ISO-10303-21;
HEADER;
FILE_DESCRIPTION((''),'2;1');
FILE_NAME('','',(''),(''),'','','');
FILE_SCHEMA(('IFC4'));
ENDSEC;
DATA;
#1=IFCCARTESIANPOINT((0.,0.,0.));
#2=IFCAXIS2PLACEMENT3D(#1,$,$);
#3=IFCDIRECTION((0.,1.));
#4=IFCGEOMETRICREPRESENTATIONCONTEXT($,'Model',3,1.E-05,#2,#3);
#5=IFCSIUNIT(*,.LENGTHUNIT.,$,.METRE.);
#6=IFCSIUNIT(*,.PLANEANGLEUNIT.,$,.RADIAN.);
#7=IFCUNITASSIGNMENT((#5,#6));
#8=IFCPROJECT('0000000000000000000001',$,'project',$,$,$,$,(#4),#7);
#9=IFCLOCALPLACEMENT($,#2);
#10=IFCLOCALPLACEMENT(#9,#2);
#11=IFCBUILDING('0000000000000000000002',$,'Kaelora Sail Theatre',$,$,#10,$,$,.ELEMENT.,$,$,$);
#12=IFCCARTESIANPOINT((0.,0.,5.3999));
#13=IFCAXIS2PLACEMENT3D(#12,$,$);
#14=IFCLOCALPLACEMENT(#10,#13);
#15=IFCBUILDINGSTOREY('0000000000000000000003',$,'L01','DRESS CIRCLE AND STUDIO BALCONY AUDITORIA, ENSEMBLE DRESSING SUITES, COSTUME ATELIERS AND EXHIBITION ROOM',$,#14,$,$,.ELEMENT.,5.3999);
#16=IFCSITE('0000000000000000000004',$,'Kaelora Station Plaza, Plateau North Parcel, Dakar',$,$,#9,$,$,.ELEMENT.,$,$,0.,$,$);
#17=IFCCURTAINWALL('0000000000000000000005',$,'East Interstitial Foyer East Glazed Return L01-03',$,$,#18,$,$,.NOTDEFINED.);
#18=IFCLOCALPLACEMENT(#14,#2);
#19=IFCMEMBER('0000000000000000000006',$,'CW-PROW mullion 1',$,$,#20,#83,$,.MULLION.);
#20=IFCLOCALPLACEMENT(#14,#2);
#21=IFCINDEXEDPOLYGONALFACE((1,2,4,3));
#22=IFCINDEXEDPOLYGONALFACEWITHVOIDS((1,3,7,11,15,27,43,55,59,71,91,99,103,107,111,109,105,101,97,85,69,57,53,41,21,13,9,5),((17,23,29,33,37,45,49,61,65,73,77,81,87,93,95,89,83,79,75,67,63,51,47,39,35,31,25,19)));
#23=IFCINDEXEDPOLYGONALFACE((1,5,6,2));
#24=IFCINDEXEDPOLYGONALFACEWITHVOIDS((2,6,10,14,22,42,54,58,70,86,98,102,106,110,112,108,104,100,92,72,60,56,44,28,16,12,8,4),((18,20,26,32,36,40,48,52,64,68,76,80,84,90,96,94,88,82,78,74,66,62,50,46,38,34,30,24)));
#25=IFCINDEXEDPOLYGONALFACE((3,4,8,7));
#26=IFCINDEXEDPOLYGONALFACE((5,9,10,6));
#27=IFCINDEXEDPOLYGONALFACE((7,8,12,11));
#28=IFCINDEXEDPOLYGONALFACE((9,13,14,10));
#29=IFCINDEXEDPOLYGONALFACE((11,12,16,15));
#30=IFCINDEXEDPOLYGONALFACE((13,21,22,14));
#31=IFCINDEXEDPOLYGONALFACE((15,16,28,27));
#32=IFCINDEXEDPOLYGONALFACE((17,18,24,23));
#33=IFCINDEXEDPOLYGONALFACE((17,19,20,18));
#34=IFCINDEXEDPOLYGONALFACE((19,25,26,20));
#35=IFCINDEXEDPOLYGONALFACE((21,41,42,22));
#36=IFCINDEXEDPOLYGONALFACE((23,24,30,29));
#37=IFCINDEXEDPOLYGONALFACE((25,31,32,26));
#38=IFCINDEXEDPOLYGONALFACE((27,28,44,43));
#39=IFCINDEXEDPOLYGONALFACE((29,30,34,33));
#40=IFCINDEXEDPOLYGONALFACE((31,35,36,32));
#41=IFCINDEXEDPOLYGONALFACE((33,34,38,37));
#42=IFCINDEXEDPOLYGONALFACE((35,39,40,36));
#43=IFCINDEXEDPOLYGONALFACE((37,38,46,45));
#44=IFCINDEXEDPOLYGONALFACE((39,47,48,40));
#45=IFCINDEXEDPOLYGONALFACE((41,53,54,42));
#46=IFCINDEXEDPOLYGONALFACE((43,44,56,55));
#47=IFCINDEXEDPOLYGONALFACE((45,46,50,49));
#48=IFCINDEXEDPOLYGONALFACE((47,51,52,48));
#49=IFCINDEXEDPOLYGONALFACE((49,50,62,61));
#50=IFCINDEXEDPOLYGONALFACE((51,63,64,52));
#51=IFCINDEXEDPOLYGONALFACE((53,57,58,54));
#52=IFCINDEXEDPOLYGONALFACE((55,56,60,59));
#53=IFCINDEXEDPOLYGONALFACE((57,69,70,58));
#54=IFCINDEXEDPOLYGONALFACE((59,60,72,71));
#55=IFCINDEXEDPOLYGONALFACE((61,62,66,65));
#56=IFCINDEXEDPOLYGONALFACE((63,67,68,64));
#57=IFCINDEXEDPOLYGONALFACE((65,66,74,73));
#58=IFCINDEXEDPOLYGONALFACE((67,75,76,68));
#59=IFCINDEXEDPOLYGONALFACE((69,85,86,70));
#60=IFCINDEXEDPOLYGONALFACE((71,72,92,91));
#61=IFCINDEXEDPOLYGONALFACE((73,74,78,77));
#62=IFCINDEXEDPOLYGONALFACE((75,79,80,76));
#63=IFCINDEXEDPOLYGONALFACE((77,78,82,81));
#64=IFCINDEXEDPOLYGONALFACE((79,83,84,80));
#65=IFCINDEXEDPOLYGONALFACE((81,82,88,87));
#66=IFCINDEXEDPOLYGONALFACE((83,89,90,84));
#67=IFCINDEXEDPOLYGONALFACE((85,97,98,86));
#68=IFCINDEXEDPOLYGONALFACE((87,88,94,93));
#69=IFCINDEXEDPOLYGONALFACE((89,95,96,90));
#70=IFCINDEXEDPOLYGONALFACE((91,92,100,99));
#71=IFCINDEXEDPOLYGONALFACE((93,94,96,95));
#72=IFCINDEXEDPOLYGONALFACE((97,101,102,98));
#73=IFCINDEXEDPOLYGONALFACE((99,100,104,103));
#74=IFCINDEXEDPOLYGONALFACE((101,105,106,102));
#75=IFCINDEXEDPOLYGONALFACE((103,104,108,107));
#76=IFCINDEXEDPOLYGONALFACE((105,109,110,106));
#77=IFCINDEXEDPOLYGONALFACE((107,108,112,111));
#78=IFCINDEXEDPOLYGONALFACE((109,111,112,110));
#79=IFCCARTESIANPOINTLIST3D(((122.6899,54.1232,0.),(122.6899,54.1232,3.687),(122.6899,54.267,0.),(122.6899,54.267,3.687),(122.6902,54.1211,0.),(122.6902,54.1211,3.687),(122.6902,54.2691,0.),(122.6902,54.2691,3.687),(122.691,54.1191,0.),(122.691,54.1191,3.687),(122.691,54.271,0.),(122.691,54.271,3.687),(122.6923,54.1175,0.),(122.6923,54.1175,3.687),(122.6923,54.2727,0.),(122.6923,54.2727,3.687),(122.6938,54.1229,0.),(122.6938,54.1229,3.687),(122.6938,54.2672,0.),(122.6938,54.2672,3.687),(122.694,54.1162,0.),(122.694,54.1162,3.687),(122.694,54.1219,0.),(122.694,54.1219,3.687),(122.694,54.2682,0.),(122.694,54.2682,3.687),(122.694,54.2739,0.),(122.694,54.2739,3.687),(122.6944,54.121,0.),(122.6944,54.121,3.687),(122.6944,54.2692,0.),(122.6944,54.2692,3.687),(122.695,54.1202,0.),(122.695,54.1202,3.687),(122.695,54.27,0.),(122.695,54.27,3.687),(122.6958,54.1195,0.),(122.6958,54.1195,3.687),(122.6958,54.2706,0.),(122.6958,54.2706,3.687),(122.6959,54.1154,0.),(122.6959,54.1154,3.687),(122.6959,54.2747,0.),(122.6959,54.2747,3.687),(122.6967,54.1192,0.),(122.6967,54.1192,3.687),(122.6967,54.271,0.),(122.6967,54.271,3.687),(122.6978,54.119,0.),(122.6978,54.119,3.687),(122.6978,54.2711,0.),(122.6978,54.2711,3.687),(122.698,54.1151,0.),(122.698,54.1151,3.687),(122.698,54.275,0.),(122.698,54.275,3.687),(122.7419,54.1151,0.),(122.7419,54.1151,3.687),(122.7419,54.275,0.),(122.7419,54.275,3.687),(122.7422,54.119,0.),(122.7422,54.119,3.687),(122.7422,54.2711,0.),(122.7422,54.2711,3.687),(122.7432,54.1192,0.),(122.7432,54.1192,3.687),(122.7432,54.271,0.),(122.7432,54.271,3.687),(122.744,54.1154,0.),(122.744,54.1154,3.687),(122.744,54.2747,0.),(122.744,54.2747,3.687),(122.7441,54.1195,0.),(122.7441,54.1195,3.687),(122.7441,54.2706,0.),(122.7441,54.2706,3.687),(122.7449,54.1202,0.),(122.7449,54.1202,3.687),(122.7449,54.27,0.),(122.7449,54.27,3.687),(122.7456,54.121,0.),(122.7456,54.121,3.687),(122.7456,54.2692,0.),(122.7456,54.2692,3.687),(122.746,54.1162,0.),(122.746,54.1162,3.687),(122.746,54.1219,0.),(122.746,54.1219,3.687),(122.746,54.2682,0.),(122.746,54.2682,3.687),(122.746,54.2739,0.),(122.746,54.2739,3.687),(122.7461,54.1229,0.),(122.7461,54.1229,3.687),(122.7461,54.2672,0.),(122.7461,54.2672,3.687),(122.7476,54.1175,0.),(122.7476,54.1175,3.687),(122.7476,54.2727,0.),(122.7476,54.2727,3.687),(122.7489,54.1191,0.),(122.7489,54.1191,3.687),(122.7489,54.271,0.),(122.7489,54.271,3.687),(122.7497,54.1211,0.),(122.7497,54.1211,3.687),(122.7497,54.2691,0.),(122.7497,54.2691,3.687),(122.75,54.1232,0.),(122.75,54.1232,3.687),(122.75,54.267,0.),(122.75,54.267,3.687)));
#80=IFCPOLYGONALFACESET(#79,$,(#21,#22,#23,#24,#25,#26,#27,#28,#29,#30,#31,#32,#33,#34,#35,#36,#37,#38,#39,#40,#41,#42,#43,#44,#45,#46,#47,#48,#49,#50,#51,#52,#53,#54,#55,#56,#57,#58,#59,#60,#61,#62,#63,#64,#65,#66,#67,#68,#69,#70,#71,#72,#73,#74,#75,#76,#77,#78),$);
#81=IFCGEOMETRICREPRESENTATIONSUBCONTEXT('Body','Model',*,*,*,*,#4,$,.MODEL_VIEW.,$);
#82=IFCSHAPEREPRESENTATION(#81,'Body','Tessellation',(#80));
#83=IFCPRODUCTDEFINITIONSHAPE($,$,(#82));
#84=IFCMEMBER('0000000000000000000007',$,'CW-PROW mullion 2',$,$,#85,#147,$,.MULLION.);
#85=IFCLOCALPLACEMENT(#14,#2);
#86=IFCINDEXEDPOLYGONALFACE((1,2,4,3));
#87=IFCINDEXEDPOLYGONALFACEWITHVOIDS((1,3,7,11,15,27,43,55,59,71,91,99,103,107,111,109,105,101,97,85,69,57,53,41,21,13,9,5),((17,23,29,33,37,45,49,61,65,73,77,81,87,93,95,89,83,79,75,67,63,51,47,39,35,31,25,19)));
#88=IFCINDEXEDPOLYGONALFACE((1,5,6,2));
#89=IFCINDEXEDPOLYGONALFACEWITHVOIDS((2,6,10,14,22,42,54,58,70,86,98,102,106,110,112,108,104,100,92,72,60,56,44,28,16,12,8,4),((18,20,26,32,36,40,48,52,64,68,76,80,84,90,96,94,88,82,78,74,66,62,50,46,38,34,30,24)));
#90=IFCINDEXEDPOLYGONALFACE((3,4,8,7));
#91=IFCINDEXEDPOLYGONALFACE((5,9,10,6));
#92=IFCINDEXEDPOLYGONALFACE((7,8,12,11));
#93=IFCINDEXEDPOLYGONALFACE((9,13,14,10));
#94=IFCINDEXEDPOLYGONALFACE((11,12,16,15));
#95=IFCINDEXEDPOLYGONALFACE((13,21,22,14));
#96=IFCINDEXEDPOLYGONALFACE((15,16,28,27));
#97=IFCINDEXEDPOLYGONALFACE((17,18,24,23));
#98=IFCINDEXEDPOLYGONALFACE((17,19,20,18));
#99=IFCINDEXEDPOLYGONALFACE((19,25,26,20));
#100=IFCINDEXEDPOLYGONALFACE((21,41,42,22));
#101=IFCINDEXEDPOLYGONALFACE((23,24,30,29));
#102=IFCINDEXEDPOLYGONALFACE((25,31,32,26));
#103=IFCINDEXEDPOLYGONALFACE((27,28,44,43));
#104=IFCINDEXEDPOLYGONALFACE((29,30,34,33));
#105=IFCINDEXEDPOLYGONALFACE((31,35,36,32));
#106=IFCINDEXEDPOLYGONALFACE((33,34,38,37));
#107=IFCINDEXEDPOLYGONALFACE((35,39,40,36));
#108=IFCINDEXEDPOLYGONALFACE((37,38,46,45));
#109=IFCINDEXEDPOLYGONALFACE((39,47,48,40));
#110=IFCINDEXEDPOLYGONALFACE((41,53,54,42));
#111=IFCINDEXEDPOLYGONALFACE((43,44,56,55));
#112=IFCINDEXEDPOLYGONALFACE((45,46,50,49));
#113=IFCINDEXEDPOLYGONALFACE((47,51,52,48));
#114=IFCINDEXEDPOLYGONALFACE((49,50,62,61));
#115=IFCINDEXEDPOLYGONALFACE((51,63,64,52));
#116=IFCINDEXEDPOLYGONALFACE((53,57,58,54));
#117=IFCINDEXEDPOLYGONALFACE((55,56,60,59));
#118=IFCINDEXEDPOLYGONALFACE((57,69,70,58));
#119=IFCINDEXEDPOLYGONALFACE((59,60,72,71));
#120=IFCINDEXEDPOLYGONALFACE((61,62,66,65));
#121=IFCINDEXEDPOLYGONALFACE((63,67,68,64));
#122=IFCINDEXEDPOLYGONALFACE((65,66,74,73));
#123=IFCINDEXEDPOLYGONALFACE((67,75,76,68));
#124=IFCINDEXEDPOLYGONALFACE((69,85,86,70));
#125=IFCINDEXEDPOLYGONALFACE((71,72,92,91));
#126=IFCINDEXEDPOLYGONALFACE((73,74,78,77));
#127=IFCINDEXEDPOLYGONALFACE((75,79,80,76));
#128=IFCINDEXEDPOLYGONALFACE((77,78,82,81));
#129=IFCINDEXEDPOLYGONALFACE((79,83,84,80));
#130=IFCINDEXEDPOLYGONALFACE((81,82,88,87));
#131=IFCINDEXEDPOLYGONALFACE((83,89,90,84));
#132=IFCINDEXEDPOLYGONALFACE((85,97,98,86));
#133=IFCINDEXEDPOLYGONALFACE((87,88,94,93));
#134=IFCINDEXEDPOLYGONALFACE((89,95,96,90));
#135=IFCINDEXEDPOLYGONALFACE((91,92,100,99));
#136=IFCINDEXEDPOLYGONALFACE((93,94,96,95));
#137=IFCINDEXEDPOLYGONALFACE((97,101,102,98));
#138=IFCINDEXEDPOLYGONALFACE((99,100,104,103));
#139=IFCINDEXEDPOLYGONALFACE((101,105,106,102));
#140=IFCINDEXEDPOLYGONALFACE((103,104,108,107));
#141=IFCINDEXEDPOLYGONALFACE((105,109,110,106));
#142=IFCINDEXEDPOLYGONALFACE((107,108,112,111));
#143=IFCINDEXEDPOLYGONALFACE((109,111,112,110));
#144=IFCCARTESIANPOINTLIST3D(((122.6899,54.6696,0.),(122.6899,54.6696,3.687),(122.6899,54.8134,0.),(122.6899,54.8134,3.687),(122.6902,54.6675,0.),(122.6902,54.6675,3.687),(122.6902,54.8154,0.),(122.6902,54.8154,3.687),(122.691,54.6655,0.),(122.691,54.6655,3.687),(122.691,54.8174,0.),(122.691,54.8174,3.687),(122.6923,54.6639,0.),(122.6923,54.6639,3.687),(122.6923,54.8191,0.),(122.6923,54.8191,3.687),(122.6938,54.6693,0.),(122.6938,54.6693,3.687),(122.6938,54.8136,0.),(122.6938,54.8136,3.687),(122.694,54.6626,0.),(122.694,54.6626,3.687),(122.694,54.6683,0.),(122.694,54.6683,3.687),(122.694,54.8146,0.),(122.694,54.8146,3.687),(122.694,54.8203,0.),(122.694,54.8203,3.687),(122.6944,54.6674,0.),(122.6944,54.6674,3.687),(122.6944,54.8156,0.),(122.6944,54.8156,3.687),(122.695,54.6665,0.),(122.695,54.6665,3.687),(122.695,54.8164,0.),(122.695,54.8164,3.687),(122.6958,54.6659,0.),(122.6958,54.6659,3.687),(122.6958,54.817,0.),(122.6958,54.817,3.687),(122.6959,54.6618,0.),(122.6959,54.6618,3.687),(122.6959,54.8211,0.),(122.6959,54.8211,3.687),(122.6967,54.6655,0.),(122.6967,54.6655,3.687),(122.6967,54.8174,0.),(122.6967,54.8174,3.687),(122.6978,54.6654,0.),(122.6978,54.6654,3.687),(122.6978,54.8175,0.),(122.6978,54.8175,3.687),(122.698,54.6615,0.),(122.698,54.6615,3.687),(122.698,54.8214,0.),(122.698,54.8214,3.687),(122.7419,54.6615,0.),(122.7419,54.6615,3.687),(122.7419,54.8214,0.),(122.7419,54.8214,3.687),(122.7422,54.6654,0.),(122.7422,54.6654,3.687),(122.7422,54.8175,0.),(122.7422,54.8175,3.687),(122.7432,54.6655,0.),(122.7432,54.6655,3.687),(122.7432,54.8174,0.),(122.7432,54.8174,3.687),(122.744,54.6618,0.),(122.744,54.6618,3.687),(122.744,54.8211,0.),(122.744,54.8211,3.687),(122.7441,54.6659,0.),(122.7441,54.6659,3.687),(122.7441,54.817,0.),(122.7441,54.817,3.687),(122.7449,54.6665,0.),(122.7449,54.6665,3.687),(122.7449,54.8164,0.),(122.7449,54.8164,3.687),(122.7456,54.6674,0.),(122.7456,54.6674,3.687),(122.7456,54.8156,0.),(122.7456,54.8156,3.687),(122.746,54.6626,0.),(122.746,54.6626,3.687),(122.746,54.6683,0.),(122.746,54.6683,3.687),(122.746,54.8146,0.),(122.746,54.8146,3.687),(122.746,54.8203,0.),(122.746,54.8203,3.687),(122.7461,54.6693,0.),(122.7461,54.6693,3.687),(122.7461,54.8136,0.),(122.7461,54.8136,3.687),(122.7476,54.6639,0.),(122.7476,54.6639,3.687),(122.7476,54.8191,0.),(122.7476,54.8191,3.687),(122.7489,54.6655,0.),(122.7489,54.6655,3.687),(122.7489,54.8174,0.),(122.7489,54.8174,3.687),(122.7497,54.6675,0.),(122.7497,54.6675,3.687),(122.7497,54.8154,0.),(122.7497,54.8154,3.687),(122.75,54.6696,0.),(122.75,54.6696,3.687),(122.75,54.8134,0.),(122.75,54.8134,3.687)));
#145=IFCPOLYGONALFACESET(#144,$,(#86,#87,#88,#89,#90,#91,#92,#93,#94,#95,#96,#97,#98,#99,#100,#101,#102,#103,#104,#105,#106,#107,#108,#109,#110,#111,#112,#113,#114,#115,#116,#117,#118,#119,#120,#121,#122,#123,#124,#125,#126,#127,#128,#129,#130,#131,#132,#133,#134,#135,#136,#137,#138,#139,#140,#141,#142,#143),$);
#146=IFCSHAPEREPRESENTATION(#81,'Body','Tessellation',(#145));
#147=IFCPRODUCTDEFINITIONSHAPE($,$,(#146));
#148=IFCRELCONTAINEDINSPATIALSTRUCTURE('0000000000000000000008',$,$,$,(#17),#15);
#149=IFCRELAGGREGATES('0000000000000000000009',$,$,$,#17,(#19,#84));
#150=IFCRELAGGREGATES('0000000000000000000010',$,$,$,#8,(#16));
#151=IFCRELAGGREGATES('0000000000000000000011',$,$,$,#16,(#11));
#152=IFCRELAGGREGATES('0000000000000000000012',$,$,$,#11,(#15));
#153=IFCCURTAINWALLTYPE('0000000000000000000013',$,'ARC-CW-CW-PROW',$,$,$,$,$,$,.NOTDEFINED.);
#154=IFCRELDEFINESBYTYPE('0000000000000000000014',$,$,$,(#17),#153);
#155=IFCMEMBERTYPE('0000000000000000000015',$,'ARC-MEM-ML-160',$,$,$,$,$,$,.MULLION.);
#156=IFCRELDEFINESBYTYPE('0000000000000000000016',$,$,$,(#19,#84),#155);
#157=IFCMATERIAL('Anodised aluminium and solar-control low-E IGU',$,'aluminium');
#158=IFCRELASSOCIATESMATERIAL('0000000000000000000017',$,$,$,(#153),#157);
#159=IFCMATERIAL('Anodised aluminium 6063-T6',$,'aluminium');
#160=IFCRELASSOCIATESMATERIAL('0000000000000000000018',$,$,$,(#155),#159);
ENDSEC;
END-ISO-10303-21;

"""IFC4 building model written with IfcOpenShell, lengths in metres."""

from ifc_helpers import new_model, si_unit, direction, frame, origin, origin_2d, place, context, subcontext, project, spatial, hollow_rectangle, extrude, material, material_profile, profile_set, type_object, element, aggregate, save


model = new_model("IFC4")

# Units and contexts
model_context = context("Model", 3, precision=1e-05, world=origin(), true_north=direction((0.0, 1.0)))
body_context = subcontext(model_context, "Body", "Model", "MODEL_VIEW")
ifc_project = project(units=[si_unit("LENGTHUNIT", "METRE"), si_unit("PLANEANGLEUNIT", "RADIAN")], contexts=[model_context])

# Site, building, storey
site_placement = place(None, origin())
site = spatial("IfcSite", under=ifc_project, at=site_placement, Name="Kaelora Station Plaza, Plateau North Parcel, Dakar", CompositionType="ELEMENT", RefElevation=0.0)
building_placement = place(site_placement, origin())
building = spatial("IfcBuilding", under=site, at=building_placement, Name="Kaelora Sail Theatre", CompositionType="ELEMENT")
storey_placement = place(building_placement, frame((0.0, 0.0, 5.3999)))
storey = spatial("IfcBuildingStorey", under=building, at=storey_placement, Name="L01", Description="DRESS CIRCLE AND STUDIO BALCONY AUDITORIA, ENSEMBLE DRESSING SUITES, COSTUME ATELIERS AND EXHIBITION ROOM", CompositionType="ELEMENT", Elevation=5.3999)

# Curtain wall, members
ifc_material_1 = material(Name="Anodised aluminium and solar-control low-E IGU", Category="aluminium")
curtain_wall_type = type_object("IfcCurtainWallType", Name="ARC-CW-CW-PROW", PredefinedType="NOTDEFINED", material=ifc_material_1)
curtain_wall_placement = place(storey_placement, origin())
curtain_wall = element("IfcCurtainWall", 1, at=curtain_wall_placement, inside=storey, type_object=curtain_wall_type, Name="East Interstitial Foyer East Glazed Return L01-03", PredefinedType="NOTDEFINED")
ifc_material_2 = material(Name="Anodised aluminium 6063-T6", Category="aluminium")
ifc_material_profile_1 = material_profile(ifc_material_2, hollow_rectangle(XDim=0.0601, YDim=0.1599, WallThickness=0.0039, InnerFilletRadius=0.0039, OuterFilletRadius=0.0081, at=origin_2d()), Name="ALU-MULL 60x160x4")
ifc_profile_set_1 = profile_set([ifc_material_profile_1], Name="Anodised aluminium 6063-T6")
member_type_1 = type_object("IfcMemberType", Name="ARC-MEM-ML-160", PredefinedType="MULLION", material=ifc_profile_set_1)
member_1_placement = place(storey_placement, frame((122.72, 54.1951, 0.0), z_axis=(0.0, 0.0, 1.0), x_axis=(-1.0, 0.0, 0.0)))
member_1 = element("IfcMember", 2, at=member_1_placement, type_object=member_type_1, Name="CW-PROW mullion 1", PredefinedType="MULLION", context=body_context, shape_type="SweptSolid", body=[
    extrude(hollow_rectangle(XDim=0.0601, YDim=0.1599, WallThickness=0.0039, InnerFilletRadius=0.0039, OuterFilletRadius=0.0081, at=origin_2d()), origin(), (0.0, 0.0, 1.0), 3.687),
])
member_2_placement = place(storey_placement, frame((122.72, 54.7415, 0.0), z_axis=(0.0, 0.0, 1.0), x_axis=(-1.0, 0.0, 0.0)))
member_2 = element("IfcMember", 3, at=member_2_placement, type_object=member_type_1, Name="CW-PROW mullion 2", PredefinedType="MULLION", context=body_context, shape_type="SweptSolid", body=[
    extrude(hollow_rectangle(XDim=0.0601, YDim=0.1599, WallThickness=0.0039, InnerFilletRadius=0.0039, OuterFilletRadius=0.0081, at=origin_2d()), origin(), (0.0, 0.0, 1.0), 3.687),
])
aggregate(curtain_wall, [member_1, member_2])

save(model, "model.ifc")
